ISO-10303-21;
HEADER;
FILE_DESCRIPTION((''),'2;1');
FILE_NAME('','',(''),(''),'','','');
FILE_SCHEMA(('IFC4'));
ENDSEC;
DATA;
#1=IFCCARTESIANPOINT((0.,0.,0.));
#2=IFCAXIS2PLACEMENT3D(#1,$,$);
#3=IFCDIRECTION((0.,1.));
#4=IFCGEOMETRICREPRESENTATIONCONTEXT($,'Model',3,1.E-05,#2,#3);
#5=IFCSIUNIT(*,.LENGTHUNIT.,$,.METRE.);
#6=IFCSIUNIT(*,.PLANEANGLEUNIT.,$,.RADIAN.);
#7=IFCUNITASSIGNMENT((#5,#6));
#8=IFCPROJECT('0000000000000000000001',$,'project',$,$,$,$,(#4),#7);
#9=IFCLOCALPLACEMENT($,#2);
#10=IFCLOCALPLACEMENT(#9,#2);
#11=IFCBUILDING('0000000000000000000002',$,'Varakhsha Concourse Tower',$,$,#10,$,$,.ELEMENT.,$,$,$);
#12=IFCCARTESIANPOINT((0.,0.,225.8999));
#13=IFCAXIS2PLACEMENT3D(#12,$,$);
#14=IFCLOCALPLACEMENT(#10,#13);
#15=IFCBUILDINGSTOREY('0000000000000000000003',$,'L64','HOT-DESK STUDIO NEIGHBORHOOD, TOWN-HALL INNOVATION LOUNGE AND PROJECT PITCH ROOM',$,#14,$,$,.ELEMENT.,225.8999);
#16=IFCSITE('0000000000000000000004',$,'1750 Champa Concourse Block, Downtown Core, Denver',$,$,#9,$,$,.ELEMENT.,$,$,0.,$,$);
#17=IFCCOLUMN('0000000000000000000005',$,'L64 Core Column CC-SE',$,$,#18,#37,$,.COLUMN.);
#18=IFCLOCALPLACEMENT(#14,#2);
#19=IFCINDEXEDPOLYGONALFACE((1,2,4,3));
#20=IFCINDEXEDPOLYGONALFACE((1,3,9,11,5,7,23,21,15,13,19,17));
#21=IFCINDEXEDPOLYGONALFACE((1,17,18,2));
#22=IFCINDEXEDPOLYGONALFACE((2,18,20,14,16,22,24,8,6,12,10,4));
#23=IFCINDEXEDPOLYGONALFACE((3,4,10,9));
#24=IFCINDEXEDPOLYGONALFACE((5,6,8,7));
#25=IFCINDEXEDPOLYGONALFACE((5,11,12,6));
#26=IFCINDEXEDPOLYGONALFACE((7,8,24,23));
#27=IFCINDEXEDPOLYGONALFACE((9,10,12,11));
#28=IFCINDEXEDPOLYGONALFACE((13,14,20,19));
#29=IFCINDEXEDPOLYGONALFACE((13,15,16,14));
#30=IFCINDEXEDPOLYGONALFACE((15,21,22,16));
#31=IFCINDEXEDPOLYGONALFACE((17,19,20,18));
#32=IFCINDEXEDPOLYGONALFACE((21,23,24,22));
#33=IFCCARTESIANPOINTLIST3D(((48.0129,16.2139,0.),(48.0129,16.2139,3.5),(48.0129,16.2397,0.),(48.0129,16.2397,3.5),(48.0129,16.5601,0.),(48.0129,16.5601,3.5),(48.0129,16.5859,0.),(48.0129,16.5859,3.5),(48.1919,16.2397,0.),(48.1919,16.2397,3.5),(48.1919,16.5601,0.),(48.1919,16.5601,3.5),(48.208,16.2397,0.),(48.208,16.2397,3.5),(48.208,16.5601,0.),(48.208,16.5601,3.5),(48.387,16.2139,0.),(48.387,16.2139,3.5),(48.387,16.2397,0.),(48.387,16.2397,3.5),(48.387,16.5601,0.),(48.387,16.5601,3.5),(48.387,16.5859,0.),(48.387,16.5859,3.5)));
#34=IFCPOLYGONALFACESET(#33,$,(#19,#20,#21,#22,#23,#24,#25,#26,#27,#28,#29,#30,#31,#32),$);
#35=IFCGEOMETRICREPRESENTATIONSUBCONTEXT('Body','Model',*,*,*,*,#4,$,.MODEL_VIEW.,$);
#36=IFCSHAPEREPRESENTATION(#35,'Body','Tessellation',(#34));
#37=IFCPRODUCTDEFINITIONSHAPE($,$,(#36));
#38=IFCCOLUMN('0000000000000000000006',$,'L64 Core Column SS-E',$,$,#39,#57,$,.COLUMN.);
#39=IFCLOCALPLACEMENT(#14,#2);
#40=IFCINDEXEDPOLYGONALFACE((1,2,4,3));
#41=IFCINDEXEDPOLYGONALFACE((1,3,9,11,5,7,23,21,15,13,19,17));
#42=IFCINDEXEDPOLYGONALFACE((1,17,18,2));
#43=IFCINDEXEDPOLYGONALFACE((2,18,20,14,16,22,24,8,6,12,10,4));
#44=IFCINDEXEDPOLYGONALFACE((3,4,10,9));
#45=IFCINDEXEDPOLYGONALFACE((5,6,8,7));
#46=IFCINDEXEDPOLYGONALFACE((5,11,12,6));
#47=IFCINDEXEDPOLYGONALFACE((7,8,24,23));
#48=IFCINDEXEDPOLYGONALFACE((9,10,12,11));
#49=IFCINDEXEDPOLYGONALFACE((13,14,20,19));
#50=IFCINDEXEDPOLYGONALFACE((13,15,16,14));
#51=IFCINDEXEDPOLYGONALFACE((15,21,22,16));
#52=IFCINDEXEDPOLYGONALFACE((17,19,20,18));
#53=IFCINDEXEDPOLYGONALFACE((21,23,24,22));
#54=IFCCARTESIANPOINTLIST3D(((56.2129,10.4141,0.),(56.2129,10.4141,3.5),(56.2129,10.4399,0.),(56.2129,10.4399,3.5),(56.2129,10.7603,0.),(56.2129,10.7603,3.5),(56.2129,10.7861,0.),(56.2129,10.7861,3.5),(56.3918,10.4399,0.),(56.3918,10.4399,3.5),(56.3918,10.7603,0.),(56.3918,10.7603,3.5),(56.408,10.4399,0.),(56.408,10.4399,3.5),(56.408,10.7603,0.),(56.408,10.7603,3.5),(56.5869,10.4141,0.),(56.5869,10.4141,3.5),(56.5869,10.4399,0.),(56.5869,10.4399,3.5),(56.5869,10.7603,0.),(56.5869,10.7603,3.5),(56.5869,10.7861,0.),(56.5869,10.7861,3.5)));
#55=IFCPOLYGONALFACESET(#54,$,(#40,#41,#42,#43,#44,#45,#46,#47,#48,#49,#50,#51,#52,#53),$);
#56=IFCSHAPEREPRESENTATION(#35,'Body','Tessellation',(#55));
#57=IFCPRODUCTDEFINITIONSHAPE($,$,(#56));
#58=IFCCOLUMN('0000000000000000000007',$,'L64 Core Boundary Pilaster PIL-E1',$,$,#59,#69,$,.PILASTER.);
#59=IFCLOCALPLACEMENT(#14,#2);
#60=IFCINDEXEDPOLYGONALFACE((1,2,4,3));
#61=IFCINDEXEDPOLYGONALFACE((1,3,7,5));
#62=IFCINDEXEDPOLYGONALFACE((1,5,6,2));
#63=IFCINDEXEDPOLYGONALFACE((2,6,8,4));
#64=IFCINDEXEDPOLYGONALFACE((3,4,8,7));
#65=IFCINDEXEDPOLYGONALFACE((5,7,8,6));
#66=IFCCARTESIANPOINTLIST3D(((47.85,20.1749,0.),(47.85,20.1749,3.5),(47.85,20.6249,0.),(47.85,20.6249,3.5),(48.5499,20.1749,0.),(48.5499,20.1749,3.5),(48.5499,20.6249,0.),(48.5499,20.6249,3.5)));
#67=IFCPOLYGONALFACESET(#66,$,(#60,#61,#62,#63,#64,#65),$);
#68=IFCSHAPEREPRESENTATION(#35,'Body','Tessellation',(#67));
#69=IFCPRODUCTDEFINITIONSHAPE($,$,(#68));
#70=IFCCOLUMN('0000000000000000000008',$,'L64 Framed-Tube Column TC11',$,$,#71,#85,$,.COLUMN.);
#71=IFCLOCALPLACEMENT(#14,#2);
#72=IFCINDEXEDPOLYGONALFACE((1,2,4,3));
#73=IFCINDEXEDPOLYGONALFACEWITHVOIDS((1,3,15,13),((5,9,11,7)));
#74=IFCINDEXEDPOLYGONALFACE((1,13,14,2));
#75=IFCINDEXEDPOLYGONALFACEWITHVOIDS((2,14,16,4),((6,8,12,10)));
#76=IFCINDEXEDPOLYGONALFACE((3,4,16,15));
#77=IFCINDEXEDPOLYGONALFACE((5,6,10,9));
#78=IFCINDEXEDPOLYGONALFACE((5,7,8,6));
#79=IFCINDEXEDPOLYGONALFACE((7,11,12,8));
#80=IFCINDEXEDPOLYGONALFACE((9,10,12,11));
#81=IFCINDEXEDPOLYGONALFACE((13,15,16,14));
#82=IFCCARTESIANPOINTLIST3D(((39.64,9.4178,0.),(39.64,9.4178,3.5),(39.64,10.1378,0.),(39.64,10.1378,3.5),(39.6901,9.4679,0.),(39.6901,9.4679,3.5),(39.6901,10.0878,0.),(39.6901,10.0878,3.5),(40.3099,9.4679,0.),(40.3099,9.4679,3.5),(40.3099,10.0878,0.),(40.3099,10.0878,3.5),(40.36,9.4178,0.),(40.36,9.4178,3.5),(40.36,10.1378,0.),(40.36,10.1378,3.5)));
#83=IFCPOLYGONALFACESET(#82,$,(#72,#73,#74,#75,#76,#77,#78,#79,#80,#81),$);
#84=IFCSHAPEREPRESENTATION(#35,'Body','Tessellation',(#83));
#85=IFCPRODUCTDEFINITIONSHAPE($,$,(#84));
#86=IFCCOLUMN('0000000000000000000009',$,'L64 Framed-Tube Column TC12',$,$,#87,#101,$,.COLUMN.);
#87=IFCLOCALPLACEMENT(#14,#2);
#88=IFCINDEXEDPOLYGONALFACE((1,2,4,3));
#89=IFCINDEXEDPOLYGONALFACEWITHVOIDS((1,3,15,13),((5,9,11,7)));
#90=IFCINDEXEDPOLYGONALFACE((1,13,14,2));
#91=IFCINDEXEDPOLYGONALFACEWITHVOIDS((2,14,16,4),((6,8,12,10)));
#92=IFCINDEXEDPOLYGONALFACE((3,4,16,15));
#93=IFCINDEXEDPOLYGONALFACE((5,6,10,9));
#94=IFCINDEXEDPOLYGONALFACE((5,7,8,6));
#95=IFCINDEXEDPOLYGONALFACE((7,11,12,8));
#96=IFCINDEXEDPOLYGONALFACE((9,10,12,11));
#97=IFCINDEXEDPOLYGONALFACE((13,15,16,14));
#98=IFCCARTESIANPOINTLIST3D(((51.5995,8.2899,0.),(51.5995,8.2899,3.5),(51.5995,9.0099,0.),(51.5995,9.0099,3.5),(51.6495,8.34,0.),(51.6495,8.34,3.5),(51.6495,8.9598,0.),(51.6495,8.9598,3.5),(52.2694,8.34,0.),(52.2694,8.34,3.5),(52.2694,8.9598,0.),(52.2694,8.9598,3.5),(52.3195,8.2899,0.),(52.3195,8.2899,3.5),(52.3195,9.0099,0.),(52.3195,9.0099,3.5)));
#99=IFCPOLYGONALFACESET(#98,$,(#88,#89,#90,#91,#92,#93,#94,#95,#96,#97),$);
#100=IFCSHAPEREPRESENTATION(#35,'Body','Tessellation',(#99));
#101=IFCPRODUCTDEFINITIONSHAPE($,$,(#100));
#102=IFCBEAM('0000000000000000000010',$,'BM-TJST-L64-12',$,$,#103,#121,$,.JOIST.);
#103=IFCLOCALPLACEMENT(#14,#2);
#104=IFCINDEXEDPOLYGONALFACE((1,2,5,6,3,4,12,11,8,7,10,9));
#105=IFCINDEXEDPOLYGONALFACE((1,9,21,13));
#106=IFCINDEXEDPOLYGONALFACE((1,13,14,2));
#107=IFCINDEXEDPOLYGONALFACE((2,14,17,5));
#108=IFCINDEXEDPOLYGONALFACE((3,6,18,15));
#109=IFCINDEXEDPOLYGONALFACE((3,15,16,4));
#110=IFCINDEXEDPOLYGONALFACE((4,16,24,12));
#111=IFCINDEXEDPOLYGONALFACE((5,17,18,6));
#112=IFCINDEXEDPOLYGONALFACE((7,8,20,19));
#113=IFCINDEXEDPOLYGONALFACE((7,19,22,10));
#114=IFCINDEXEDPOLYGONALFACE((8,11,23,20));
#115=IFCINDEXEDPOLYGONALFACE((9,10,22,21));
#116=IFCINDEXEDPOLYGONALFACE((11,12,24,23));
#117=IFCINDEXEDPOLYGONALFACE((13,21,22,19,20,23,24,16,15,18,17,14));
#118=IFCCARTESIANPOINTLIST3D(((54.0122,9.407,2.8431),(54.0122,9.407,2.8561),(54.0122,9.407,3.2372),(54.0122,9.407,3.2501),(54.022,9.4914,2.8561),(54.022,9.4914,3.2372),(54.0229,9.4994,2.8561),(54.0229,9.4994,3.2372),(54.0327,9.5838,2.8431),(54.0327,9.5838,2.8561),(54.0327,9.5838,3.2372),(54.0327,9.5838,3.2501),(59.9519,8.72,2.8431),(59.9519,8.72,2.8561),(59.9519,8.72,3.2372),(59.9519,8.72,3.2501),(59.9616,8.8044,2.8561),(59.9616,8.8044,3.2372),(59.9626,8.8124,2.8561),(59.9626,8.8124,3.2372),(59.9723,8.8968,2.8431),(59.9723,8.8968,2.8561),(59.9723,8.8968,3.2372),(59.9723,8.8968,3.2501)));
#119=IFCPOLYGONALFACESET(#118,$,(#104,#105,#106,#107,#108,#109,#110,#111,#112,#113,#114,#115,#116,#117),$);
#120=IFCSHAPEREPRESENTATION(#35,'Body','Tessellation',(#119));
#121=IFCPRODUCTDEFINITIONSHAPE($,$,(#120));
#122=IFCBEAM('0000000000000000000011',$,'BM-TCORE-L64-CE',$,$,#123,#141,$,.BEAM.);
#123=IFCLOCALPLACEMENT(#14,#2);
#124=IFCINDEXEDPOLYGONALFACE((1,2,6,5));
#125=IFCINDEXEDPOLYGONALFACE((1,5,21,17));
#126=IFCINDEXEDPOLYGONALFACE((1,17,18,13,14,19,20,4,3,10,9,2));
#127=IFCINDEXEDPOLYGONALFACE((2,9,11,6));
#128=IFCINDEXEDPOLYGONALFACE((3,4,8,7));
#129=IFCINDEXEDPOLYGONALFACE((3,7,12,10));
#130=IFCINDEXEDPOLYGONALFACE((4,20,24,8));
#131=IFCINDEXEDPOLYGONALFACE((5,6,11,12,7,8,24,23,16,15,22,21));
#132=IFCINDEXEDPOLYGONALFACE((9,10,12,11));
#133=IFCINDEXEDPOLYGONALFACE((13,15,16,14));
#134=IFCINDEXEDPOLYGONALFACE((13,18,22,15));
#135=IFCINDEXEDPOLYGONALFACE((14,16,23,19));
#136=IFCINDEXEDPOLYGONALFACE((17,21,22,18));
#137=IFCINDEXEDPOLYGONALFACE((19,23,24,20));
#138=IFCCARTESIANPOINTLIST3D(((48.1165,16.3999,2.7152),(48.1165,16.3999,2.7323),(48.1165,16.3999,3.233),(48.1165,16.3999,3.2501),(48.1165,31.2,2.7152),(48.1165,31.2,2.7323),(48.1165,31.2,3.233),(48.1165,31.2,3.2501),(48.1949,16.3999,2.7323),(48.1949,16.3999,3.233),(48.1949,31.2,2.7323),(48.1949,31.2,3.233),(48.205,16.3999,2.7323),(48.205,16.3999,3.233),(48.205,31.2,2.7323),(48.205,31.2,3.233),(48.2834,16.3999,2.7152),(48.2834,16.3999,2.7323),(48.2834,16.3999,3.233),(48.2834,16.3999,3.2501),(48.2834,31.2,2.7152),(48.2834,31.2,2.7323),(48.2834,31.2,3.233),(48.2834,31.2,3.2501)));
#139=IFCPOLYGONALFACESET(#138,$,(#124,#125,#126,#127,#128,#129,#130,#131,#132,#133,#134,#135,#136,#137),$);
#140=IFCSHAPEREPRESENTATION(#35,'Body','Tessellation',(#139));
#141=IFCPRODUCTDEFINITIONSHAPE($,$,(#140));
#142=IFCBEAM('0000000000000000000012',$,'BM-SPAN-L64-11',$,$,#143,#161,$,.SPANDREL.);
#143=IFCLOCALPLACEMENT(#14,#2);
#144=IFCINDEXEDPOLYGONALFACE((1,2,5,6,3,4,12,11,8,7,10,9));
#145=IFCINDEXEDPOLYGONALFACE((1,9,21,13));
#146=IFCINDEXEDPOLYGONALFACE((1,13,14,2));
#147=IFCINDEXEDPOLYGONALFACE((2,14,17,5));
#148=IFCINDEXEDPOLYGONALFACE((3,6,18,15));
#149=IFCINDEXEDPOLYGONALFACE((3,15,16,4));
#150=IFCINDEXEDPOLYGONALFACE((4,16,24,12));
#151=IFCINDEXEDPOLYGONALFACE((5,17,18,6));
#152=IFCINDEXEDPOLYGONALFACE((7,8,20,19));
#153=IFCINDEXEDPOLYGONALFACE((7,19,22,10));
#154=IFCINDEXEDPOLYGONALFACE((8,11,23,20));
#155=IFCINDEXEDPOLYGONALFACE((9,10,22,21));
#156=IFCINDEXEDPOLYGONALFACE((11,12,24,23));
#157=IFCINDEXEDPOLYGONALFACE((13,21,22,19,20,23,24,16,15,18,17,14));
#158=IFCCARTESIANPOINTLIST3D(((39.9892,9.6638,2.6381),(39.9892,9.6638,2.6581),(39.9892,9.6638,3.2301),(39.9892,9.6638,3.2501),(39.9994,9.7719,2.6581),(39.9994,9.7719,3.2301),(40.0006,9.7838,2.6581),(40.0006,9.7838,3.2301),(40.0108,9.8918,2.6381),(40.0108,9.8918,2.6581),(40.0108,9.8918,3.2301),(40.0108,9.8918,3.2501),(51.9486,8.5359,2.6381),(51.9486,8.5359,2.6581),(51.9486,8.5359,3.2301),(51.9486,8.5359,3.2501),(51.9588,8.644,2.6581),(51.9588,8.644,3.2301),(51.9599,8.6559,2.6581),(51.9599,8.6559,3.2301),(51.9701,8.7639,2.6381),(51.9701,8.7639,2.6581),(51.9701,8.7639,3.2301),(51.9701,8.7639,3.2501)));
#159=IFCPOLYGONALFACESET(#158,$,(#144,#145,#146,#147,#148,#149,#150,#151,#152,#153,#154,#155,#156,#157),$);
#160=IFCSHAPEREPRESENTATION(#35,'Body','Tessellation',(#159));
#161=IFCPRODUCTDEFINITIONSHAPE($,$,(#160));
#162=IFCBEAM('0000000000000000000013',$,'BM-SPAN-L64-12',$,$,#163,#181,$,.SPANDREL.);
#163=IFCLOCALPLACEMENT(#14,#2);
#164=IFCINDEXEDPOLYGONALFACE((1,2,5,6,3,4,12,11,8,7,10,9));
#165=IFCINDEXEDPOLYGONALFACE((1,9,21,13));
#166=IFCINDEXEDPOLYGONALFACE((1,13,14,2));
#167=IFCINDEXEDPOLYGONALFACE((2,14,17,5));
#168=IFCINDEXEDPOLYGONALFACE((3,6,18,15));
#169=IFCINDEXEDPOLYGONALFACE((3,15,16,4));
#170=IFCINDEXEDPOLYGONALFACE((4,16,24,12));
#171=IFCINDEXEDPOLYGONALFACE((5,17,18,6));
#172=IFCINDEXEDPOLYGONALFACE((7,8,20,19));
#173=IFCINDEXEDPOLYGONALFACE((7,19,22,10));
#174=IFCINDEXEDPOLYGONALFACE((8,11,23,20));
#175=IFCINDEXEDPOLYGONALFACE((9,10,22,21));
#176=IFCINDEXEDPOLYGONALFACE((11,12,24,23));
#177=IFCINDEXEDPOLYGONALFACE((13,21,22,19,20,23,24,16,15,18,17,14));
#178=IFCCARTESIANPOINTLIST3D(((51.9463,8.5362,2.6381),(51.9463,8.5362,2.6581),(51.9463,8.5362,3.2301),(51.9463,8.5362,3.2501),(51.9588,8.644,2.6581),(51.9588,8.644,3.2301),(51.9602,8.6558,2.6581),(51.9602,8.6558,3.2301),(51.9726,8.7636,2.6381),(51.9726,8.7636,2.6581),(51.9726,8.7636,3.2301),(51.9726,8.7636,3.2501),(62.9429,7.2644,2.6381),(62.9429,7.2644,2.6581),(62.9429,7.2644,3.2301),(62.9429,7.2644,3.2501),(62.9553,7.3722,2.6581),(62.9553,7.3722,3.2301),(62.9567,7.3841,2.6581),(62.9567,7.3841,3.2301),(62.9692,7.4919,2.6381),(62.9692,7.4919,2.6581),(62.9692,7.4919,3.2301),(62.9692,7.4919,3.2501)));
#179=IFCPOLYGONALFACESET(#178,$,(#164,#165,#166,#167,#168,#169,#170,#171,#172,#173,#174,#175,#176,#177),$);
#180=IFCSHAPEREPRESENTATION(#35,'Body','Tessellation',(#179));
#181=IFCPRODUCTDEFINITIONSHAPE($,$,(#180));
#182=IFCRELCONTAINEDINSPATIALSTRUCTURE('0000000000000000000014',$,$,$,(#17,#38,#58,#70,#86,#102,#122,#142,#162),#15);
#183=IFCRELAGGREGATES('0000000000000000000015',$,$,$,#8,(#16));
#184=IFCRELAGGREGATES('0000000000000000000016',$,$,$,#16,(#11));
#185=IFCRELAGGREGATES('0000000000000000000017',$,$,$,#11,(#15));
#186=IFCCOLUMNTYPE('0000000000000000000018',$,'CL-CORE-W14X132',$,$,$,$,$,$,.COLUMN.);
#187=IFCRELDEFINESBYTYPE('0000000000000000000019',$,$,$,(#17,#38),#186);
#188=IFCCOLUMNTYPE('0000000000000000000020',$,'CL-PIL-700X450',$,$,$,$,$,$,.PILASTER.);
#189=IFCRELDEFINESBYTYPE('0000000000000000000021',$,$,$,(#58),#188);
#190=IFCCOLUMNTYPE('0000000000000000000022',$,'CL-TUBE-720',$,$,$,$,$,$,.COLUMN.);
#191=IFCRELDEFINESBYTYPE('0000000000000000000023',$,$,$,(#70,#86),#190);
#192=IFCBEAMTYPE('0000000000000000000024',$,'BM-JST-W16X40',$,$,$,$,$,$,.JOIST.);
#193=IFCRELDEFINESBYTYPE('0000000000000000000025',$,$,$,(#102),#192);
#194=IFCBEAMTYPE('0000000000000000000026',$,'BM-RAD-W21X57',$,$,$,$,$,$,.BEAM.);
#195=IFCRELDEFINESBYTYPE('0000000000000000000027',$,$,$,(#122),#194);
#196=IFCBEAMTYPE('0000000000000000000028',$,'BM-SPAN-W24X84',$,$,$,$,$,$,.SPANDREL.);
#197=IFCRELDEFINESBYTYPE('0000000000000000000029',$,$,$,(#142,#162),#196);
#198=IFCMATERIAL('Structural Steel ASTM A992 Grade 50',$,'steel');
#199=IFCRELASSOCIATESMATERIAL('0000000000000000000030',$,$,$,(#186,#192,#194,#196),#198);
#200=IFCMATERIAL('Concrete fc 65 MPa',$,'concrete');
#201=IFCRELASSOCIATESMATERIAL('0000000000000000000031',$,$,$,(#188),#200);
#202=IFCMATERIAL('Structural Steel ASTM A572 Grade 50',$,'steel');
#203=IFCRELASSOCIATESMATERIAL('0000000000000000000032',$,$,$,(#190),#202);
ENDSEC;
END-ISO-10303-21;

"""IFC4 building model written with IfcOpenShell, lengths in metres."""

from ifc_helpers import new_model, si_unit, direction, frame, origin, origin_2d, place, context, subcontext, project, spatial, rectangle, hollow_rectangle, i_section, extrude, material, material_profile, profile_set, type_object, element, save


model = new_model("IFC4")

# Units and contexts
model_context = context("Model", 3, precision=1e-05, world=origin(), true_north=direction((0.0, 1.0)))
body_context = subcontext(model_context, "Body", "Model", "MODEL_VIEW")
ifc_project = project(units=[si_unit("LENGTHUNIT", "METRE"), si_unit("PLANEANGLEUNIT", "RADIAN")], contexts=[model_context])

# Site, building, storey
site_placement = place(None, origin())
site = spatial("IfcSite", under=ifc_project, at=site_placement, Name="1750 Champa Concourse Block, Downtown Core, Denver", CompositionType="ELEMENT", RefElevation=0.0)
building_placement = place(site_placement, origin())
building = spatial("IfcBuilding", under=site, at=building_placement, Name="Varakhsha Concourse Tower", CompositionType="ELEMENT")
storey_placement = place(building_placement, frame((0.0, 0.0, 225.8999)))
storey = spatial("IfcBuildingStorey", under=building, at=storey_placement, Name="L64", Description="HOT-DESK STUDIO NEIGHBORHOOD, TOWN-HALL INNOVATION LOUNGE AND PROJECT PITCH ROOM", CompositionType="ELEMENT", Elevation=225.8999)

# Columns
ifc_material_1 = material(Name="Structural Steel ASTM A992 Grade 50", Category="steel")
ifc_material_profile_1 = material_profile(ifc_material_1, i_section(OverallWidth=0.374, OverallDepth=0.3721, WebThickness=0.0161, FlangeThickness=0.0259, at=origin_2d()), Name="W14X132")
ifc_profile_set_1 = profile_set([ifc_material_profile_1], Name="Structural Steel ASTM A992 Grade 50")
column_type_1 = type_object("IfcColumnType", Name="CL-CORE-W14X132", PredefinedType="COLUMN", material=ifc_profile_set_1)
for number, where, z_axis, x_axis, name in (
    (1, (48.2, 16.3999, 0.0), (0.0, 0.0, 1.0), (1.0, 0.0, 0.0), "L64 Core Column CC-SE"),
    (2, (56.3999, 10.6001, 0.0), (0.0, 0.0, 1.0), (1.0, 0.0, 0.0), "L64 Core Column SS-E"),
):
    element("IfcColumn", number, at=place(storey_placement, frame(where, z_axis=z_axis, x_axis=x_axis)), inside=storey, type_object=column_type_1, Name=name, PredefinedType="COLUMN", context=body_context, shape_type="SweptSolid", body=[
        extrude(i_section(OverallWidth=0.374, OverallDepth=0.3721, WebThickness=0.0161, FlangeThickness=0.0259, at=origin_2d()), origin(), (0.0, 0.0, 1.0), 3.5),
    ])
ifc_material_2 = material(Name="Concrete fc 65 MPa", Category="concrete")
ifc_material_profile_2 = material_profile(ifc_material_2, rectangle(XDim=0.7, YDim=0.45, at=origin_2d()), Name="RC 700x450")
ifc_profile_set_2 = profile_set([ifc_material_profile_2], Name="Concrete fc 65 MPa")
column_type_2 = type_object("IfcColumnType", Name="CL-PIL-700X450", PredefinedType="PILASTER", material=ifc_profile_set_2)
column_placement = place(storey_placement, frame((48.2, 20.3999, 0.0), z_axis=(0.0, 0.0, 1.0), x_axis=(1.0, 0.0, 0.0)))
element("IfcColumn", 3, at=column_placement, inside=storey, type_object=column_type_2, Name="L64 Core Boundary Pilaster PIL-E1", PredefinedType="PILASTER", context=body_context, shape_type="SweptSolid", body=[
    extrude(rectangle(XDim=0.7, YDim=0.45, at=origin_2d()), origin(), (0.0, 0.0, 1.0), 3.5),
])
ifc_material_3 = material(Name="Structural Steel ASTM A572 Grade 50", Category="steel")
ifc_material_profile_3 = material_profile(ifc_material_3, hollow_rectangle(XDim=0.72, YDim=0.72, WallThickness=0.05, at=origin_2d()), Name="BOX 720x720x50")
ifc_profile_set_3 = profile_set([ifc_material_profile_3], Name="Structural Steel ASTM A572 Grade 50")
column_type_3 = type_object("IfcColumnType", Name="CL-TUBE-720", PredefinedType="COLUMN", material=ifc_profile_set_3)
for number, where, z_axis, x_axis, name in (
    (4, (40.0, 9.7778, 0.0), (0.0, 0.0, 1.0), (1.0, 0.0, 0.0), "L64 Framed-Tube Column TC11"),
    (5, (51.9595, 8.6499, 0.0), (0.0, 0.0, 1.0), (1.0, 0.0, 0.0), "L64 Framed-Tube Column TC12"),
):
    element("IfcColumn", number, at=place(storey_placement, frame(where, z_axis=z_axis, x_axis=x_axis)), inside=storey, type_object=column_type_3, Name=name, PredefinedType="COLUMN", context=body_context, shape_type="SweptSolid", body=[
        extrude(hollow_rectangle(XDim=0.72, YDim=0.72, WallThickness=0.05, at=origin_2d()), origin(), (0.0, 0.0, 1.0), 3.5),
    ])

# Beams
ifc_material_profile_4 = material_profile(ifc_material_1, i_section(OverallWidth=0.178, OverallDepth=0.407, WebThickness=0.0081, FlangeThickness=0.0129, at=origin_2d()), Name="W16X40")
ifc_profile_set_4 = profile_set([ifc_material_profile_4], Name="Structural Steel ASTM A992 Grade 50")
beam_type_1 = type_object("IfcBeamType", Name="BM-JST-W16X40", PredefinedType="JOIST", material=ifc_profile_set_4)
beam_1_placement = place(storey_placement, frame((54.0225, 9.4954, 3.0466), z_axis=(0.993377, -0.114898, 0.0), x_axis=(0.114898, 0.993377, 0.0)))
element("IfcBeam", 6, at=beam_1_placement, inside=storey, type_object=beam_type_1, Name="BM-TJST-L64-12", PredefinedType="JOIST", context=body_context, shape_type="SweptSolid", body=[
    extrude(i_section(OverallWidth=0.178, OverallDepth=0.407, WebThickness=0.0081, FlangeThickness=0.0129, at=origin_2d()), origin(), (0.0, 0.0, 1.0), 5.9792),
])
ifc_material_profile_5 = material_profile(ifc_material_1, i_section(OverallWidth=0.167, OverallDepth=0.5349, WebThickness=0.01, FlangeThickness=0.0171, at=origin_2d()), Name="W21X57")
ifc_profile_set_5 = profile_set([ifc_material_profile_5], Name="Structural Steel ASTM A992 Grade 50")
beam_type_2 = type_object("IfcBeamType", Name="BM-RAD-W21X57", PredefinedType="BEAM", material=ifc_profile_set_5)
beam_2_placement = place(storey_placement, frame((48.2, 16.3999, 2.9827), z_axis=(0.0, 1.0, 0.0), x_axis=(-1.0, 0.0, 0.0)))
element("IfcBeam", 7, at=beam_2_placement, inside=storey, type_object=beam_type_2, Name="BM-TCORE-L64-CE", PredefinedType="BEAM", context=body_context, shape_type="SweptSolid", body=[
    extrude(i_section(OverallWidth=0.167, OverallDepth=0.5349, WebThickness=0.01, FlangeThickness=0.0171, at=origin_2d()), origin(), (0.0, 0.0, 1.0), 14.8),
])
ifc_material_profile_6 = material_profile(ifc_material_1, i_section(OverallWidth=0.229, OverallDepth=0.6121, WebThickness=0.012, FlangeThickness=0.02, at=origin_2d()), Name="W24X84")
ifc_profile_set_6 = profile_set([ifc_material_profile_6], Name="Structural Steel ASTM A992 Grade 50")
beam_type_3 = type_object("IfcBeamType", Name="BM-SPAN-W24X84", PredefinedType="SPANDREL", material=ifc_profile_set_6)
beam_3_placement = place(storey_placement, frame((40.0, 9.7778, 2.9441), z_axis=(0.995582, -0.093896, 0.0), x_axis=(0.093896, 0.995582, 0.0)))
element("IfcBeam", 8, at=beam_3_placement, inside=storey, type_object=beam_type_3, Name="BM-SPAN-L64-11", PredefinedType="SPANDREL", context=body_context, shape_type="SweptSolid", body=[
    extrude(i_section(OverallWidth=0.229, OverallDepth=0.6121, WebThickness=0.012, FlangeThickness=0.02, at=origin_2d()), origin(), (0.0, 0.0, 1.0), 12.0125),
])
beam_4_placement = place(storey_placement, frame((51.9595, 8.6499, 2.9441), z_axis=(0.993379, -0.114882, 0.0), x_axis=(0.114882, 0.993379, 0.0)))
element("IfcBeam", 9, at=beam_4_placement, inside=storey, type_object=beam_type_3, Name="BM-SPAN-L64-12", PredefinedType="SPANDREL", context=body_context, shape_type="SweptSolid", body=[
    extrude(i_section(OverallWidth=0.229, OverallDepth=0.6121, WebThickness=0.012, FlangeThickness=0.02, at=origin_2d()), origin(), (0.0, 0.0, 1.0), 11.0698),
])

save(model, "model.ifc")
